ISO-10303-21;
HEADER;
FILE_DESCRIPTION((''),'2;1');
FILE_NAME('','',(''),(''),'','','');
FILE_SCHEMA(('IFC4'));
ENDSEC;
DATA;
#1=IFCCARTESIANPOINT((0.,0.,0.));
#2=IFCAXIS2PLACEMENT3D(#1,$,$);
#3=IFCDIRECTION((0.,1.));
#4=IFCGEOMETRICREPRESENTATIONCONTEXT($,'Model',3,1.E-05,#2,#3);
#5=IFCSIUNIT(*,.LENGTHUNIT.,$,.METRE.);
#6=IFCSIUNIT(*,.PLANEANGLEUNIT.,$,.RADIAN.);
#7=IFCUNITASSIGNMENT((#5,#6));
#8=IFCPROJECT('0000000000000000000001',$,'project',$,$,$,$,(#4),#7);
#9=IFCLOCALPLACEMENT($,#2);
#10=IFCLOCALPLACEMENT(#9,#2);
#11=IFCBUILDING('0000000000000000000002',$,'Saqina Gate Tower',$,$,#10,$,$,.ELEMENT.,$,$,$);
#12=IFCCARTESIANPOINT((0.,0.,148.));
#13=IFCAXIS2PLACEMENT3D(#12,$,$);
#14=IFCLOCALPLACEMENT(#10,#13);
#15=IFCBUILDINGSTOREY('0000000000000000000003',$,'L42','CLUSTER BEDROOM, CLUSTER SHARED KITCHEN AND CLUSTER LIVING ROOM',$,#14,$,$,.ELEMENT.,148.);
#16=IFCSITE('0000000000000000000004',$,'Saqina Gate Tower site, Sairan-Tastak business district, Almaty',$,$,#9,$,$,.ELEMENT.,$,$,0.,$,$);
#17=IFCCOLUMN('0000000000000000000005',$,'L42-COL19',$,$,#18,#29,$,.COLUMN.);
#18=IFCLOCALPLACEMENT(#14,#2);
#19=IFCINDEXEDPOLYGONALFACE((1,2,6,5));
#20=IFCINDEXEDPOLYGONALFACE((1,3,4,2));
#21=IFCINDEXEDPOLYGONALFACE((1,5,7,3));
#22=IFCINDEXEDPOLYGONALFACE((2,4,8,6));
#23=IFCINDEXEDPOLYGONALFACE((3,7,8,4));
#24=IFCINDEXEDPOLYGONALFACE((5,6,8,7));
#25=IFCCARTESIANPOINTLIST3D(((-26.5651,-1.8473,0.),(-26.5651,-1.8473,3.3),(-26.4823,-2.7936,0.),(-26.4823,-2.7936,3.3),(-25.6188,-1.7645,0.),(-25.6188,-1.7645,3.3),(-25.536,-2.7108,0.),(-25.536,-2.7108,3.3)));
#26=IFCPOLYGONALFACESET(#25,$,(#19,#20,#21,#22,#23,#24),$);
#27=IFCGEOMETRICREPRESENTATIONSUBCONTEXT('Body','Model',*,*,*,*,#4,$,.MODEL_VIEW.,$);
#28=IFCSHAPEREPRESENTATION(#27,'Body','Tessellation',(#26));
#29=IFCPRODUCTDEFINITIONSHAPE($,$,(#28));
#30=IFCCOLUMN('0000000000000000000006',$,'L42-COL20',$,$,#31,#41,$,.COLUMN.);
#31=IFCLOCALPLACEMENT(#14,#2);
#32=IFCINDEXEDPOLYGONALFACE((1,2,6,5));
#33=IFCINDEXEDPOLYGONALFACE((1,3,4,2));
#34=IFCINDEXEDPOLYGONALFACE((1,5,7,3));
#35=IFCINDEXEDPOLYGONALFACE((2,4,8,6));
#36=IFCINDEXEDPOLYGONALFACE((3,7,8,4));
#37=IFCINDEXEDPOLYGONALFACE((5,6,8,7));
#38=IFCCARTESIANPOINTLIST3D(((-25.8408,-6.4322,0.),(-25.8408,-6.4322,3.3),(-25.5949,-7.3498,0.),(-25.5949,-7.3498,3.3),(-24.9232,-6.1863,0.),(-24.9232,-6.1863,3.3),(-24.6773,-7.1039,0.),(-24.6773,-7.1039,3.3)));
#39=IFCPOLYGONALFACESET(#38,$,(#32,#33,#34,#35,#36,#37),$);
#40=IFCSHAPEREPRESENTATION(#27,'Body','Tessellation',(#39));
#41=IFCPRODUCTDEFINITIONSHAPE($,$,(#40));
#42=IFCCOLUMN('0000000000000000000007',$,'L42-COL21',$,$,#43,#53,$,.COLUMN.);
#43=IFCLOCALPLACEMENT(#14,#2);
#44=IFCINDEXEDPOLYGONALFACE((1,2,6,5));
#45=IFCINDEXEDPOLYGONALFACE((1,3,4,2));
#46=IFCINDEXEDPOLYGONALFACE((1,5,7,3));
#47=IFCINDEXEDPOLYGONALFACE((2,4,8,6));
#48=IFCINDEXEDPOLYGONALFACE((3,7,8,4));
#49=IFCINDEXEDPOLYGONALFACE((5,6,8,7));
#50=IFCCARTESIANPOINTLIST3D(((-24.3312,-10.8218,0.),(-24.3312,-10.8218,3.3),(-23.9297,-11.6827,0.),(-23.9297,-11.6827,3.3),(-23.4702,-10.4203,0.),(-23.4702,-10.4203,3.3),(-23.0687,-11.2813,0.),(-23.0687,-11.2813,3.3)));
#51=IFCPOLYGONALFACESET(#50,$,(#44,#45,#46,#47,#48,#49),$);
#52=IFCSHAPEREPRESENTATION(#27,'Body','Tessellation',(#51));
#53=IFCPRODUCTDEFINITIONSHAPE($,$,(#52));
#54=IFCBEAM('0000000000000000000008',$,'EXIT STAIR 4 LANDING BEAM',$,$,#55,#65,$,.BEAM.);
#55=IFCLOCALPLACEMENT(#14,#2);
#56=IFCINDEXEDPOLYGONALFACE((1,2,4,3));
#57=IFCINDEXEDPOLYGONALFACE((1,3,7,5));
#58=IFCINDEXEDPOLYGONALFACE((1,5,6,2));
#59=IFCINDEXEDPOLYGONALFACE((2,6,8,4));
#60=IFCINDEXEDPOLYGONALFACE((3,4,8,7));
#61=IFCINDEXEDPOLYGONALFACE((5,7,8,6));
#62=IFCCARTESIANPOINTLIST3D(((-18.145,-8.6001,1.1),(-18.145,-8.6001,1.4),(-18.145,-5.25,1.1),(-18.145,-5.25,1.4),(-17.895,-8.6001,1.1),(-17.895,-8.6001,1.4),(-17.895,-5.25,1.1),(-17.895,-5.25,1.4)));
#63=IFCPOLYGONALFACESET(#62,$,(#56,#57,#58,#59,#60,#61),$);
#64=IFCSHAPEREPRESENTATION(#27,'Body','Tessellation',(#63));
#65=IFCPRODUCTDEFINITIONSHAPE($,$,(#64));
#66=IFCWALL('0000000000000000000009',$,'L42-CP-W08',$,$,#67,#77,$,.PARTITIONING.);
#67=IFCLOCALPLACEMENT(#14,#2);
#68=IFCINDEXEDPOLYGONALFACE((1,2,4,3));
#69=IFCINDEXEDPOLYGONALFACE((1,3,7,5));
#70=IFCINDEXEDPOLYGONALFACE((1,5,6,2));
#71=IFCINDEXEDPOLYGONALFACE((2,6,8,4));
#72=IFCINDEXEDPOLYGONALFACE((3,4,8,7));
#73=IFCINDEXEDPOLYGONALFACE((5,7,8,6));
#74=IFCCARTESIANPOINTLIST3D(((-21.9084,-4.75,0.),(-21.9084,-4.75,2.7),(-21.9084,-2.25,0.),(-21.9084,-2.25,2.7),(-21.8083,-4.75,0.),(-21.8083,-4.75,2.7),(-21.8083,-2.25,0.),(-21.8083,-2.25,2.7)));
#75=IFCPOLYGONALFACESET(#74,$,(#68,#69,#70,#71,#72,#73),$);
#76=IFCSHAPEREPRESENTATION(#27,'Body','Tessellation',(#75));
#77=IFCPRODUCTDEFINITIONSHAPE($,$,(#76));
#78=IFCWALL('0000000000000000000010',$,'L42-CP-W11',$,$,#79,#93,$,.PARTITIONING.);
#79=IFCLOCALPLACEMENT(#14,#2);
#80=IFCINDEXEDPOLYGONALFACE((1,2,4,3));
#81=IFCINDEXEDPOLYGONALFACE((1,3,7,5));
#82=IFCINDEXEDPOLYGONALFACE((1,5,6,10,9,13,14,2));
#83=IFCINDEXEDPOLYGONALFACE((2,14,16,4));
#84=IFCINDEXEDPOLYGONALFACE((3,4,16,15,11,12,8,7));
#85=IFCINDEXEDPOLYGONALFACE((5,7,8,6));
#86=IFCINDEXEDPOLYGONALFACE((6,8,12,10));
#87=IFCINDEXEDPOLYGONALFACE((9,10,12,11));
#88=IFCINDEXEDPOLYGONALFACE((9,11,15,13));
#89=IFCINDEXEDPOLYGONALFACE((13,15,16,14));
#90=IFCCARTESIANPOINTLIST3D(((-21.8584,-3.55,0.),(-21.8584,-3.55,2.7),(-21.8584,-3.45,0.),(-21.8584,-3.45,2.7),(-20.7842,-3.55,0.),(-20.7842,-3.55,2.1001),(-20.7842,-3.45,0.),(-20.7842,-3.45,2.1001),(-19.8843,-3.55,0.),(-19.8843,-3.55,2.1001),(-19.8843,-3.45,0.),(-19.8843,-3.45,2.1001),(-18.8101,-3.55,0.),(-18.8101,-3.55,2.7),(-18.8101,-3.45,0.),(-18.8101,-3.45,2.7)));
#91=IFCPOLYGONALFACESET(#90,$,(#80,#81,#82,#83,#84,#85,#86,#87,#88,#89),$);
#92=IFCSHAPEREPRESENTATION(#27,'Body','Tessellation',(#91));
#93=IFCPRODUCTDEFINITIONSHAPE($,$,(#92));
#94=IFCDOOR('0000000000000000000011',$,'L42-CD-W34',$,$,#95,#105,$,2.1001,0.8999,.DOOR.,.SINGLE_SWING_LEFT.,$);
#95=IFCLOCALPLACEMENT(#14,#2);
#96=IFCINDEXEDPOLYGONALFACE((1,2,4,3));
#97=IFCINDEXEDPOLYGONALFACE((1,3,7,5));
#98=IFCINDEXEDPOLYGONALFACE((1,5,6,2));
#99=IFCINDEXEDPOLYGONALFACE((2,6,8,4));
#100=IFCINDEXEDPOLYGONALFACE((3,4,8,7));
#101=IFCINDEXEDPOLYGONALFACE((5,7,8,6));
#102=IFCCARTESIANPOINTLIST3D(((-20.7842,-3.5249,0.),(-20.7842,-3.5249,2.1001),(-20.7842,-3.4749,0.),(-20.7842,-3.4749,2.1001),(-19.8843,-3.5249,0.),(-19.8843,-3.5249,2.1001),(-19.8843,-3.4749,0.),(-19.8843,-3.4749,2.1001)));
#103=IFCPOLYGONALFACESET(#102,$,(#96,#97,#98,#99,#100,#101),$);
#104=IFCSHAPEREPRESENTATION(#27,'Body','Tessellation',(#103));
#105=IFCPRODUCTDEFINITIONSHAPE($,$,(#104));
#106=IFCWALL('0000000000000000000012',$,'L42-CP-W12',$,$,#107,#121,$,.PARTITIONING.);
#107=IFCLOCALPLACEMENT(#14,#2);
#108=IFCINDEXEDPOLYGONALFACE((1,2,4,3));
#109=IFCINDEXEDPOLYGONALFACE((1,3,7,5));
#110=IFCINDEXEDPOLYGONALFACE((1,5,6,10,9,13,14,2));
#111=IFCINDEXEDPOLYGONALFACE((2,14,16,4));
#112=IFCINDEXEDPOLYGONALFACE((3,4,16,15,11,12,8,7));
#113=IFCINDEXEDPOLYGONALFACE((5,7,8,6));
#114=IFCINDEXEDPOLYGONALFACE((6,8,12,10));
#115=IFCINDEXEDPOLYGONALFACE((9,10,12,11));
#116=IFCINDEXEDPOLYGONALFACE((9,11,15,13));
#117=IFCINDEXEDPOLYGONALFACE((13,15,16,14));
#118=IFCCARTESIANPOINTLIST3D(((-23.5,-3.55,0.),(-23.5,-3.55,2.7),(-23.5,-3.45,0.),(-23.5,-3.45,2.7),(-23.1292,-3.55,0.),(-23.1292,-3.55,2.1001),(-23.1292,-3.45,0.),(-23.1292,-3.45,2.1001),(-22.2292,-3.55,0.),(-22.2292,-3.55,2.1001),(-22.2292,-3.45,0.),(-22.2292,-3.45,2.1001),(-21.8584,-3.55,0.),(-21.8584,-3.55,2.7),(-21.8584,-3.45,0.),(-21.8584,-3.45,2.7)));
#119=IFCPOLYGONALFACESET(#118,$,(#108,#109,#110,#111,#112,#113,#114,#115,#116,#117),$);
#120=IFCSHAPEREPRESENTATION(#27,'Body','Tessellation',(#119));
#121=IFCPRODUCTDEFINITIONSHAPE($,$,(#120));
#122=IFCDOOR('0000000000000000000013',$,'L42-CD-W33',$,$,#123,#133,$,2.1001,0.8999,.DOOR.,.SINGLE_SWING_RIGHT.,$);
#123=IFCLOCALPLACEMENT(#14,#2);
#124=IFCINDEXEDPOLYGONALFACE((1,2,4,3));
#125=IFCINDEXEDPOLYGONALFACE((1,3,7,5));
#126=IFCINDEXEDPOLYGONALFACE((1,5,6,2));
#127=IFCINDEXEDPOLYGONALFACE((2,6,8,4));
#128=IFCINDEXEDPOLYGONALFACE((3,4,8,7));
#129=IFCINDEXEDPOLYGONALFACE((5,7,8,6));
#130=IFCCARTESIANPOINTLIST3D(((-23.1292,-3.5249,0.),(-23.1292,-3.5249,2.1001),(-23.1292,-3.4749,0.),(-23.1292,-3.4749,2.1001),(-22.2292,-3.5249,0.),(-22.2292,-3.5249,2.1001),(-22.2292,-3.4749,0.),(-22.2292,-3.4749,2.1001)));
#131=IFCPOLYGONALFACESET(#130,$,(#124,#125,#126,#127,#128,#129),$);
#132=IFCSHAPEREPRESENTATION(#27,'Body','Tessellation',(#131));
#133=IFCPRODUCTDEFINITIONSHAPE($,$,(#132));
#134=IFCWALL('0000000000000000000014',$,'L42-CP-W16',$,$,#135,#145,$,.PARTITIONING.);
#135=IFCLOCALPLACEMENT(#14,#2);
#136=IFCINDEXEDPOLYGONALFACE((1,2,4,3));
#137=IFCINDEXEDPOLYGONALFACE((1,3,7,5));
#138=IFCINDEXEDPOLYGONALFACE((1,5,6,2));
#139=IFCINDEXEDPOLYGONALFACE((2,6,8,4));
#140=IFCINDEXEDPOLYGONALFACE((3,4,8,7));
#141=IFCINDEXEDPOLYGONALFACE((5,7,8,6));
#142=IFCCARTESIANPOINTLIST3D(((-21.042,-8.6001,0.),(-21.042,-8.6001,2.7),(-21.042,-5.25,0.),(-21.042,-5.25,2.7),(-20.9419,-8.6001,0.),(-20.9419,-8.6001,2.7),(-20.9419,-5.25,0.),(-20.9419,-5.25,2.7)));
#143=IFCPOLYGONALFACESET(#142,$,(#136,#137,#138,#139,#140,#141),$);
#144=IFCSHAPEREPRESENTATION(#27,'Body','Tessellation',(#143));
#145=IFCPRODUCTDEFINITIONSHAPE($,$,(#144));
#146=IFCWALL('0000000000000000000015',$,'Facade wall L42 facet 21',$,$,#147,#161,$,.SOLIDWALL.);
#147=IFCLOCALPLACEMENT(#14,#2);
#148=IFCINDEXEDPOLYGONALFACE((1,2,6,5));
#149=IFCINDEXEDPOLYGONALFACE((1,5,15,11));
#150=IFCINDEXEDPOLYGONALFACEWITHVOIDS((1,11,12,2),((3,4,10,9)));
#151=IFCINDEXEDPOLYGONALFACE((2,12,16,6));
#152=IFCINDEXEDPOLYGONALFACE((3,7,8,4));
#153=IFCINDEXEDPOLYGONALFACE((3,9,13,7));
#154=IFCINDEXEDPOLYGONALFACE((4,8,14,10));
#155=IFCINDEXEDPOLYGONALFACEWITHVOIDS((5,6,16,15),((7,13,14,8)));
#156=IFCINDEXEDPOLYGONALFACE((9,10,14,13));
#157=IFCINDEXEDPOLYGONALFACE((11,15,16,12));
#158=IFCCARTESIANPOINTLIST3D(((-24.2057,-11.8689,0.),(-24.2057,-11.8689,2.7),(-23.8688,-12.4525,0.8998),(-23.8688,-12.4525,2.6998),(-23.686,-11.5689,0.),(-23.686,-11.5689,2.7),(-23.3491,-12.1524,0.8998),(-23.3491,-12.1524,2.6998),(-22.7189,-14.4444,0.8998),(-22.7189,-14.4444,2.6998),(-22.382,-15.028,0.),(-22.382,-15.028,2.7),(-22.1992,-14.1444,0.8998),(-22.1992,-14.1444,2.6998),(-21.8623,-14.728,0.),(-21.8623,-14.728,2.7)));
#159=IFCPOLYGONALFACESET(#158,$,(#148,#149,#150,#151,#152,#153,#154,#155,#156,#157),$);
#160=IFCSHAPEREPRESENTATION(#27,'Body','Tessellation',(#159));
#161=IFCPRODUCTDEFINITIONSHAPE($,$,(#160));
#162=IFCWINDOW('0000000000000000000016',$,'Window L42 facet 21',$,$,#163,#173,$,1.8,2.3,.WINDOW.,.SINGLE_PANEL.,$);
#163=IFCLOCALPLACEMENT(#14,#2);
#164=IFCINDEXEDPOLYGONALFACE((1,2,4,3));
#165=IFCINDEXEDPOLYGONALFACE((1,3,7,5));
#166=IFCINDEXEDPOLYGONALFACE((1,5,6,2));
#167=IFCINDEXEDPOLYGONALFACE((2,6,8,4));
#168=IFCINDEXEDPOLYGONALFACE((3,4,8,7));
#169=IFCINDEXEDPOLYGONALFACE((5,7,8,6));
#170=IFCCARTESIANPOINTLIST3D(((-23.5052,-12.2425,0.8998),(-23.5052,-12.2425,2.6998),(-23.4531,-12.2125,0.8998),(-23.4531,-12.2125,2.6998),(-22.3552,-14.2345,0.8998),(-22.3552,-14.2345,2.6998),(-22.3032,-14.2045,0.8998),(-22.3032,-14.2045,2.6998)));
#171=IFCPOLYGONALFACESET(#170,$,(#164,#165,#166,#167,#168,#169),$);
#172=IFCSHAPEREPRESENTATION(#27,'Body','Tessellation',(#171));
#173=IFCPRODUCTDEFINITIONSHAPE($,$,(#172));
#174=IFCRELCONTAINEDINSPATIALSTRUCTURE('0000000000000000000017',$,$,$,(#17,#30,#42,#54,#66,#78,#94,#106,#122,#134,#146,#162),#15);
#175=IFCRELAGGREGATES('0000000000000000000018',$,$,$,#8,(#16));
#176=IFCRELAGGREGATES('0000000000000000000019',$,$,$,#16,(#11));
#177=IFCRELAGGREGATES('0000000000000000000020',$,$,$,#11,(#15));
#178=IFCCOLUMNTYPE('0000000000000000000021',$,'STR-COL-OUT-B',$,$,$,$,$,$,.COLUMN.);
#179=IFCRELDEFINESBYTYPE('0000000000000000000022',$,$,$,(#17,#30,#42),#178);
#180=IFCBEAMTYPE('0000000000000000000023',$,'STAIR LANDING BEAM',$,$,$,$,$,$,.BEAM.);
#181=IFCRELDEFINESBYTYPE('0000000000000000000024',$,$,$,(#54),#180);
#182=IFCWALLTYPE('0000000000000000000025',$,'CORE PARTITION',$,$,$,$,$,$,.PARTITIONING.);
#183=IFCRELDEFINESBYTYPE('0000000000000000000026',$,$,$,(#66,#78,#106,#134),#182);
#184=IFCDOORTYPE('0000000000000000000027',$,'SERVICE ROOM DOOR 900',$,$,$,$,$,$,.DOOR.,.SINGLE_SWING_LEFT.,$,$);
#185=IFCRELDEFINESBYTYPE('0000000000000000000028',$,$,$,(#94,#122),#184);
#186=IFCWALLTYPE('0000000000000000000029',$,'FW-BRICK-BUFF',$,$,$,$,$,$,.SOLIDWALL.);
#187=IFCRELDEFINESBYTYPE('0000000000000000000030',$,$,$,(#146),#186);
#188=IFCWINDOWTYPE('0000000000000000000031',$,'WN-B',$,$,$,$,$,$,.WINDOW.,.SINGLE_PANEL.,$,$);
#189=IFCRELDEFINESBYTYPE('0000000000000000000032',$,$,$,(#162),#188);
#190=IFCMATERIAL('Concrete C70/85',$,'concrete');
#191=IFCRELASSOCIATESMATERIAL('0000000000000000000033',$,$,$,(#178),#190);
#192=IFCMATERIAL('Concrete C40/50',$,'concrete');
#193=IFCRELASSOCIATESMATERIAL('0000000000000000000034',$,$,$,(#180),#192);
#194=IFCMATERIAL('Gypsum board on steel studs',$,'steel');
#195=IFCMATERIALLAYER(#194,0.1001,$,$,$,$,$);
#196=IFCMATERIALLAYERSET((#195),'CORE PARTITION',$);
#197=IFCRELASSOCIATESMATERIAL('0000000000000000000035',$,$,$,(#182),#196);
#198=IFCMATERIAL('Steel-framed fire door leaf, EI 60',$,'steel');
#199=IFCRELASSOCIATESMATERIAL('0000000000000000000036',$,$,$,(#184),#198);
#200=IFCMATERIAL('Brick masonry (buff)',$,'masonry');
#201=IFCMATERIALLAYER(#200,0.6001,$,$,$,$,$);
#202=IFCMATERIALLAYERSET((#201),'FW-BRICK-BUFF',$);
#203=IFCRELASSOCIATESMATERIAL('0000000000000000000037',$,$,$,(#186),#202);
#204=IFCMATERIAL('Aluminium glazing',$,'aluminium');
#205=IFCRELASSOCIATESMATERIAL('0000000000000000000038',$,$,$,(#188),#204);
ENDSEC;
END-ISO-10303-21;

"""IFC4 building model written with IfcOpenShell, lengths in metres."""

from ifc_helpers import new_model, si_unit, direction, frame, frame_2d, origin, origin_2d, place, context, subcontext, project, spatial, rectangle, extrude, material, layer, layer_set, material_profile, profile_set, type_object, element, fill, save


model = new_model("IFC4")

# Units and contexts
model_context = context("Model", 3, precision=1e-05, world=origin(), true_north=direction((0.0, 1.0)))
body_context = subcontext(model_context, "Body", "Model", "MODEL_VIEW")
ifc_project = project(units=[si_unit("LENGTHUNIT", "METRE"), si_unit("PLANEANGLEUNIT", "RADIAN")], contexts=[model_context])

# Site, building, storey
site_placement = place(None, origin())
site = spatial("IfcSite", under=ifc_project, at=site_placement, Name="Saqina Gate Tower site, Sairan-Tastak business district, Almaty", CompositionType="ELEMENT", RefElevation=0.0)
building_placement = place(site_placement, origin())
building = spatial("IfcBuilding", under=site, at=building_placement, Name="Saqina Gate Tower", CompositionType="ELEMENT")
storey_placement = place(building_placement, frame((0.0, 0.0, 148.0)))
storey = spatial("IfcBuildingStorey", under=building, at=storey_placement, Name="L42", Description="CLUSTER BEDROOM, CLUSTER SHARED KITCHEN AND CLUSTER LIVING ROOM", CompositionType="ELEMENT", Elevation=148.0)

# Columns
ifc_material_1 = material(Name="Concrete C70/85", Category="concrete")
ifc_material_profile_1 = material_profile(ifc_material_1, rectangle(XDim=0.95, YDim=0.95, at=origin_2d()), Name="RC 950x950")
ifc_profile_set_1 = profile_set([ifc_material_profile_1], Name="Concrete C70/85")
column_type = type_object("IfcColumnType", Name="STR-COL-OUT-B", PredefinedType="COLUMN", material=ifc_profile_set_1)
for number, where, z_axis, x_axis, name in (
    (1, (-26.0505, -2.2791, 0.0), (0.0, 0.0, 1.0), (-0.996195, -0.087156, 0.0), "L42-COL19"),
    (2, (-25.259, -6.7681, 0.0), (0.0, 0.0, 1.0), (-0.965926, -0.258819, 0.0), "L42-COL20"),
    (3, (-23.7, -11.0515, 0.0), (0.0, 0.0, 1.0), (-0.906308, -0.422618, 0.0), "L42-COL21"),
):
    element("IfcColumn", number, at=place(storey_placement, frame(where, z_axis=z_axis, x_axis=x_axis)), inside=storey, type_object=column_type, Name=name, PredefinedType="COLUMN", context=body_context, shape_type="SweptSolid", body=[
        extrude(rectangle(XDim=0.95, YDim=0.95, at=origin_2d()), origin(), (0.0, 0.0, 1.0), 3.3),
    ])

# Beam
ifc_material_2 = material(Name="Concrete C40/50", Category="concrete")
ifc_material_profile_2 = material_profile(ifc_material_2, rectangle(XDim=0.25, YDim=0.3, at=origin_2d()), Name="STAIR LANDING BEAM")
ifc_profile_set_2 = profile_set([ifc_material_profile_2], Name="Concrete C40/50")
beam_type = type_object("IfcBeamType", Name="STAIR LANDING BEAM", PredefinedType="BEAM", material=ifc_profile_set_2)
beam_placement = place(storey_placement, frame((-18.02, -8.6001, 1.25), z_axis=(0.0, 1.0, 0.0), x_axis=(-1.0, 0.0, 0.0)))
element("IfcBeam", 4, at=beam_placement, inside=storey, type_object=beam_type, Name="EXIT STAIR 4 LANDING BEAM", PredefinedType="BEAM", context=body_context, shape_type="SweptSolid", body=[
    extrude(rectangle(XDim=0.25, YDim=0.3, at=origin_2d()), origin(), (0.0, 0.0, 1.0), 3.3501),
])

# Wall
ifc_material_3 = material(Name="Gypsum board on steel studs", Category="steel")
ifc_layer_1 = layer(ifc_material_3, 0.1001)
ifc_layer_set_1 = layer_set([ifc_layer_1], Name="CORE PARTITION")
wall_type_1 = type_object("IfcWallType", Name="CORE PARTITION", PredefinedType="PARTITIONING", material=ifc_layer_set_1)
wall_1_placement = place(storey_placement, frame((-21.8584, -4.75, 0.0), z_axis=(0.0, 0.0, 1.0), x_axis=(0.0, 1.0, 0.0)))
element("IfcWall", 5, at=wall_1_placement, inside=storey, type_object=wall_type_1, Name="L42-CP-W08", PredefinedType="PARTITIONING", context=body_context, shape_type="SweptSolid", body=[
    extrude(rectangle(XDim=2.5, YDim=0.1001, at=frame_2d((1.25, 0.0))), origin(), (0.0, 0.0, 1.0), 2.7),
])

# Walls, openings, doors
wall_2_placement = place(storey_placement, frame((-18.8101, -3.5, 0.0), z_axis=(0.0, 0.0, 1.0), x_axis=(-1.0, 0.0, 0.0)))
wall_2 = element("IfcWall", 6, at=wall_2_placement, inside=storey, type_object=wall_type_1, Name="L42-CP-W11", PredefinedType="PARTITIONING", context=body_context, shape_type="SweptSolid", body=[
    extrude(rectangle(XDim=3.0483, YDim=0.1001, at=frame_2d((1.5242, 0.0))), origin(), (0.0, 0.0, 1.0), 2.7),
])
opening_1_placement = place(wall_2_placement, frame((1.0742, 0.0, 0.0)))
opening_1 = element("IfcOpeningElement", 7, at=opening_1_placement, cuts=wall_2, PredefinedType="OPENING", context=body_context, shape_type="SweptSolid", body=[
    extrude(rectangle(XDim=0.8999, YDim=2.1001, at=frame_2d((0.45, 1.05))), frame((0.0, 0.062, 0.0), z_axis=(0.0, -1.0, 0.0), x_axis=(1.0, 0.0, 0.0)), (0.0, 0.0, 1.0), 0.124),
])
ifc_material_4 = material(Name="Steel-framed fire door leaf, EI 60", Category="steel")
door_type_1 = type_object("IfcDoorType", Name="SERVICE ROOM DOOR 900", OperationType="SINGLE_SWING_LEFT", PredefinedType="DOOR", material=ifc_material_4)
door_1_placement = place(opening_1_placement, origin())
door_1 = element("IfcDoor", 8, at=door_1_placement, inside=storey, type_object=door_type_1, Name="L42-CD-W34", OperationType="SINGLE_SWING_LEFT", OverallHeight=2.1001, OverallWidth=0.8999, PredefinedType="DOOR", context=body_context, shape_type="SweptSolid", body=[
    extrude(rectangle(XDim=0.8999, YDim=2.1001, at=frame_2d((0.45, 1.05))), frame((0.0, 0.0249, 0.0), z_axis=(0.0, -1.0, 0.0), x_axis=(1.0, 0.0, 0.0)), (0.0, 0.0, 1.0), 0.05),
])
fill(opening_1, door_1)
wall_3_placement = place(storey_placement, frame((-21.8584, -3.5, 0.0), z_axis=(0.0, 0.0, 1.0), x_axis=(-1.0, 0.0, 0.0)))
wall_3 = element("IfcWall", 9, at=wall_3_placement, inside=storey, type_object=wall_type_1, Name="L42-CP-W12", PredefinedType="PARTITIONING", context=body_context, shape_type="SweptSolid", body=[
    extrude(rectangle(XDim=1.6416, YDim=0.1001, at=frame_2d((0.8208, 0.0))), origin(), (0.0, 0.0, 1.0), 2.7),
])
opening_2_placement = place(wall_3_placement, frame((0.3708, 0.0, 0.0)))
opening_2 = element("IfcOpeningElement", 10, at=opening_2_placement, cuts=wall_3, PredefinedType="OPENING", context=body_context, shape_type="SweptSolid", body=[
    extrude(rectangle(XDim=0.8999, YDim=2.1001, at=frame_2d((0.45, 1.05))), frame((0.0, 0.062, 0.0), z_axis=(0.0, -1.0, 0.0), x_axis=(1.0, 0.0, 0.0)), (0.0, 0.0, 1.0), 0.124),
])
door_2_placement = place(opening_2_placement, origin())
door_2 = element("IfcDoor", 11, at=door_2_placement, inside=storey, type_object=door_type_1, Name="L42-CD-W33", OperationType="SINGLE_SWING_RIGHT", OverallHeight=2.1001, OverallWidth=0.8999, PredefinedType="DOOR", context=body_context, shape_type="SweptSolid", body=[
    extrude(rectangle(XDim=0.8999, YDim=2.1001, at=frame_2d((0.45, 1.05))), frame((0.0, 0.0249, 0.0), z_axis=(0.0, -1.0, 0.0), x_axis=(1.0, 0.0, 0.0)), (0.0, 0.0, 1.0), 0.05),
])
fill(opening_2, door_2)

# Wall
wall_4_placement = place(storey_placement, frame((-20.9919, -8.6001, 0.0), z_axis=(0.0, 0.0, 1.0), x_axis=(0.0, 1.0, 0.0)))
element("IfcWall", 12, at=wall_4_placement, inside=storey, type_object=wall_type_1, Name="L42-CP-W16", PredefinedType="PARTITIONING", context=body_context, shape_type="SweptSolid", body=[
    extrude(rectangle(XDim=3.3501, YDim=0.1001, at=frame_2d((1.675, 0.0))), origin(), (0.0, 0.0, 1.0), 2.7),
])

# Wall, opening, window
ifc_material_5 = material(Name="Brick masonry (buff)", Category="masonry")
ifc_layer_2 = layer(ifc_material_5, 0.6001)
ifc_layer_set_2 = layer_set([ifc_layer_2], Name="FW-BRICK-BUFF")
wall_type_2 = type_object("IfcWallType", Name="FW-BRICK-BUFF", PredefinedType="SOLIDWALL", material=ifc_layer_set_2)
wall_5_placement = place(storey_placement, frame((-23.9458, -11.719, 0.0), z_axis=(0.0, 0.0, 1.0), x_axis=(0.499954, -0.866052, 0.0)))
wall_5 = element("IfcWall", 13, at=wall_5_placement, inside=storey, type_object=wall_type_2, Name="Facade wall L42 facet 21", PredefinedType="SOLIDWALL", context=body_context, shape_type="SweptSolid", body=[
    extrude(rectangle(XDim=3.6477, YDim=0.6001, at=frame_2d((1.8237, 0.0))), origin(), (0.0, 0.0, 1.0), 2.7),
])
opening_3_placement = place(wall_5_placement, frame((0.6738, 0.0, 0.8999)))
opening_3 = element("IfcOpeningElement", 14, at=opening_3_placement, cuts=wall_5, PredefinedType="OPENING", context=body_context, shape_type="SweptSolid", body=[
    extrude(rectangle(XDim=2.3, YDim=1.8, at=frame_2d((1.1499, 0.8999))), frame((0.0, 0.312, 0.0), z_axis=(0.0, -1.0, 0.0), x_axis=(1.0, 0.0, 0.0)), (0.0, 0.0, 1.0), 0.624),
])
ifc_material_6 = material(Name="Aluminium glazing", Category="aluminium")
window_type = type_object("IfcWindowType", Name="WN-B", PartitioningType="SINGLE_PANEL", PredefinedType="WINDOW", material=ifc_material_6)
window_placement = place(opening_3_placement, origin())
window = element("IfcWindow", 15, at=window_placement, inside=storey, type_object=window_type, Name="Window L42 facet 21", OverallHeight=1.8, OverallWidth=2.3, PartitioningType="SINGLE_PANEL", PredefinedType="WINDOW", context=body_context, shape_type="SweptSolid", body=[
    extrude(rectangle(XDim=2.3, YDim=1.8, at=frame_2d((1.1499, 0.8999))), frame((0.0, 0.1799, 0.0), z_axis=(0.0, -1.0, 0.0), x_axis=(1.0, 0.0, 0.0)), (0.0, 0.0, 1.0), 0.0601),
])
fill(opening_3, window)

save(model, "model.ifc")
